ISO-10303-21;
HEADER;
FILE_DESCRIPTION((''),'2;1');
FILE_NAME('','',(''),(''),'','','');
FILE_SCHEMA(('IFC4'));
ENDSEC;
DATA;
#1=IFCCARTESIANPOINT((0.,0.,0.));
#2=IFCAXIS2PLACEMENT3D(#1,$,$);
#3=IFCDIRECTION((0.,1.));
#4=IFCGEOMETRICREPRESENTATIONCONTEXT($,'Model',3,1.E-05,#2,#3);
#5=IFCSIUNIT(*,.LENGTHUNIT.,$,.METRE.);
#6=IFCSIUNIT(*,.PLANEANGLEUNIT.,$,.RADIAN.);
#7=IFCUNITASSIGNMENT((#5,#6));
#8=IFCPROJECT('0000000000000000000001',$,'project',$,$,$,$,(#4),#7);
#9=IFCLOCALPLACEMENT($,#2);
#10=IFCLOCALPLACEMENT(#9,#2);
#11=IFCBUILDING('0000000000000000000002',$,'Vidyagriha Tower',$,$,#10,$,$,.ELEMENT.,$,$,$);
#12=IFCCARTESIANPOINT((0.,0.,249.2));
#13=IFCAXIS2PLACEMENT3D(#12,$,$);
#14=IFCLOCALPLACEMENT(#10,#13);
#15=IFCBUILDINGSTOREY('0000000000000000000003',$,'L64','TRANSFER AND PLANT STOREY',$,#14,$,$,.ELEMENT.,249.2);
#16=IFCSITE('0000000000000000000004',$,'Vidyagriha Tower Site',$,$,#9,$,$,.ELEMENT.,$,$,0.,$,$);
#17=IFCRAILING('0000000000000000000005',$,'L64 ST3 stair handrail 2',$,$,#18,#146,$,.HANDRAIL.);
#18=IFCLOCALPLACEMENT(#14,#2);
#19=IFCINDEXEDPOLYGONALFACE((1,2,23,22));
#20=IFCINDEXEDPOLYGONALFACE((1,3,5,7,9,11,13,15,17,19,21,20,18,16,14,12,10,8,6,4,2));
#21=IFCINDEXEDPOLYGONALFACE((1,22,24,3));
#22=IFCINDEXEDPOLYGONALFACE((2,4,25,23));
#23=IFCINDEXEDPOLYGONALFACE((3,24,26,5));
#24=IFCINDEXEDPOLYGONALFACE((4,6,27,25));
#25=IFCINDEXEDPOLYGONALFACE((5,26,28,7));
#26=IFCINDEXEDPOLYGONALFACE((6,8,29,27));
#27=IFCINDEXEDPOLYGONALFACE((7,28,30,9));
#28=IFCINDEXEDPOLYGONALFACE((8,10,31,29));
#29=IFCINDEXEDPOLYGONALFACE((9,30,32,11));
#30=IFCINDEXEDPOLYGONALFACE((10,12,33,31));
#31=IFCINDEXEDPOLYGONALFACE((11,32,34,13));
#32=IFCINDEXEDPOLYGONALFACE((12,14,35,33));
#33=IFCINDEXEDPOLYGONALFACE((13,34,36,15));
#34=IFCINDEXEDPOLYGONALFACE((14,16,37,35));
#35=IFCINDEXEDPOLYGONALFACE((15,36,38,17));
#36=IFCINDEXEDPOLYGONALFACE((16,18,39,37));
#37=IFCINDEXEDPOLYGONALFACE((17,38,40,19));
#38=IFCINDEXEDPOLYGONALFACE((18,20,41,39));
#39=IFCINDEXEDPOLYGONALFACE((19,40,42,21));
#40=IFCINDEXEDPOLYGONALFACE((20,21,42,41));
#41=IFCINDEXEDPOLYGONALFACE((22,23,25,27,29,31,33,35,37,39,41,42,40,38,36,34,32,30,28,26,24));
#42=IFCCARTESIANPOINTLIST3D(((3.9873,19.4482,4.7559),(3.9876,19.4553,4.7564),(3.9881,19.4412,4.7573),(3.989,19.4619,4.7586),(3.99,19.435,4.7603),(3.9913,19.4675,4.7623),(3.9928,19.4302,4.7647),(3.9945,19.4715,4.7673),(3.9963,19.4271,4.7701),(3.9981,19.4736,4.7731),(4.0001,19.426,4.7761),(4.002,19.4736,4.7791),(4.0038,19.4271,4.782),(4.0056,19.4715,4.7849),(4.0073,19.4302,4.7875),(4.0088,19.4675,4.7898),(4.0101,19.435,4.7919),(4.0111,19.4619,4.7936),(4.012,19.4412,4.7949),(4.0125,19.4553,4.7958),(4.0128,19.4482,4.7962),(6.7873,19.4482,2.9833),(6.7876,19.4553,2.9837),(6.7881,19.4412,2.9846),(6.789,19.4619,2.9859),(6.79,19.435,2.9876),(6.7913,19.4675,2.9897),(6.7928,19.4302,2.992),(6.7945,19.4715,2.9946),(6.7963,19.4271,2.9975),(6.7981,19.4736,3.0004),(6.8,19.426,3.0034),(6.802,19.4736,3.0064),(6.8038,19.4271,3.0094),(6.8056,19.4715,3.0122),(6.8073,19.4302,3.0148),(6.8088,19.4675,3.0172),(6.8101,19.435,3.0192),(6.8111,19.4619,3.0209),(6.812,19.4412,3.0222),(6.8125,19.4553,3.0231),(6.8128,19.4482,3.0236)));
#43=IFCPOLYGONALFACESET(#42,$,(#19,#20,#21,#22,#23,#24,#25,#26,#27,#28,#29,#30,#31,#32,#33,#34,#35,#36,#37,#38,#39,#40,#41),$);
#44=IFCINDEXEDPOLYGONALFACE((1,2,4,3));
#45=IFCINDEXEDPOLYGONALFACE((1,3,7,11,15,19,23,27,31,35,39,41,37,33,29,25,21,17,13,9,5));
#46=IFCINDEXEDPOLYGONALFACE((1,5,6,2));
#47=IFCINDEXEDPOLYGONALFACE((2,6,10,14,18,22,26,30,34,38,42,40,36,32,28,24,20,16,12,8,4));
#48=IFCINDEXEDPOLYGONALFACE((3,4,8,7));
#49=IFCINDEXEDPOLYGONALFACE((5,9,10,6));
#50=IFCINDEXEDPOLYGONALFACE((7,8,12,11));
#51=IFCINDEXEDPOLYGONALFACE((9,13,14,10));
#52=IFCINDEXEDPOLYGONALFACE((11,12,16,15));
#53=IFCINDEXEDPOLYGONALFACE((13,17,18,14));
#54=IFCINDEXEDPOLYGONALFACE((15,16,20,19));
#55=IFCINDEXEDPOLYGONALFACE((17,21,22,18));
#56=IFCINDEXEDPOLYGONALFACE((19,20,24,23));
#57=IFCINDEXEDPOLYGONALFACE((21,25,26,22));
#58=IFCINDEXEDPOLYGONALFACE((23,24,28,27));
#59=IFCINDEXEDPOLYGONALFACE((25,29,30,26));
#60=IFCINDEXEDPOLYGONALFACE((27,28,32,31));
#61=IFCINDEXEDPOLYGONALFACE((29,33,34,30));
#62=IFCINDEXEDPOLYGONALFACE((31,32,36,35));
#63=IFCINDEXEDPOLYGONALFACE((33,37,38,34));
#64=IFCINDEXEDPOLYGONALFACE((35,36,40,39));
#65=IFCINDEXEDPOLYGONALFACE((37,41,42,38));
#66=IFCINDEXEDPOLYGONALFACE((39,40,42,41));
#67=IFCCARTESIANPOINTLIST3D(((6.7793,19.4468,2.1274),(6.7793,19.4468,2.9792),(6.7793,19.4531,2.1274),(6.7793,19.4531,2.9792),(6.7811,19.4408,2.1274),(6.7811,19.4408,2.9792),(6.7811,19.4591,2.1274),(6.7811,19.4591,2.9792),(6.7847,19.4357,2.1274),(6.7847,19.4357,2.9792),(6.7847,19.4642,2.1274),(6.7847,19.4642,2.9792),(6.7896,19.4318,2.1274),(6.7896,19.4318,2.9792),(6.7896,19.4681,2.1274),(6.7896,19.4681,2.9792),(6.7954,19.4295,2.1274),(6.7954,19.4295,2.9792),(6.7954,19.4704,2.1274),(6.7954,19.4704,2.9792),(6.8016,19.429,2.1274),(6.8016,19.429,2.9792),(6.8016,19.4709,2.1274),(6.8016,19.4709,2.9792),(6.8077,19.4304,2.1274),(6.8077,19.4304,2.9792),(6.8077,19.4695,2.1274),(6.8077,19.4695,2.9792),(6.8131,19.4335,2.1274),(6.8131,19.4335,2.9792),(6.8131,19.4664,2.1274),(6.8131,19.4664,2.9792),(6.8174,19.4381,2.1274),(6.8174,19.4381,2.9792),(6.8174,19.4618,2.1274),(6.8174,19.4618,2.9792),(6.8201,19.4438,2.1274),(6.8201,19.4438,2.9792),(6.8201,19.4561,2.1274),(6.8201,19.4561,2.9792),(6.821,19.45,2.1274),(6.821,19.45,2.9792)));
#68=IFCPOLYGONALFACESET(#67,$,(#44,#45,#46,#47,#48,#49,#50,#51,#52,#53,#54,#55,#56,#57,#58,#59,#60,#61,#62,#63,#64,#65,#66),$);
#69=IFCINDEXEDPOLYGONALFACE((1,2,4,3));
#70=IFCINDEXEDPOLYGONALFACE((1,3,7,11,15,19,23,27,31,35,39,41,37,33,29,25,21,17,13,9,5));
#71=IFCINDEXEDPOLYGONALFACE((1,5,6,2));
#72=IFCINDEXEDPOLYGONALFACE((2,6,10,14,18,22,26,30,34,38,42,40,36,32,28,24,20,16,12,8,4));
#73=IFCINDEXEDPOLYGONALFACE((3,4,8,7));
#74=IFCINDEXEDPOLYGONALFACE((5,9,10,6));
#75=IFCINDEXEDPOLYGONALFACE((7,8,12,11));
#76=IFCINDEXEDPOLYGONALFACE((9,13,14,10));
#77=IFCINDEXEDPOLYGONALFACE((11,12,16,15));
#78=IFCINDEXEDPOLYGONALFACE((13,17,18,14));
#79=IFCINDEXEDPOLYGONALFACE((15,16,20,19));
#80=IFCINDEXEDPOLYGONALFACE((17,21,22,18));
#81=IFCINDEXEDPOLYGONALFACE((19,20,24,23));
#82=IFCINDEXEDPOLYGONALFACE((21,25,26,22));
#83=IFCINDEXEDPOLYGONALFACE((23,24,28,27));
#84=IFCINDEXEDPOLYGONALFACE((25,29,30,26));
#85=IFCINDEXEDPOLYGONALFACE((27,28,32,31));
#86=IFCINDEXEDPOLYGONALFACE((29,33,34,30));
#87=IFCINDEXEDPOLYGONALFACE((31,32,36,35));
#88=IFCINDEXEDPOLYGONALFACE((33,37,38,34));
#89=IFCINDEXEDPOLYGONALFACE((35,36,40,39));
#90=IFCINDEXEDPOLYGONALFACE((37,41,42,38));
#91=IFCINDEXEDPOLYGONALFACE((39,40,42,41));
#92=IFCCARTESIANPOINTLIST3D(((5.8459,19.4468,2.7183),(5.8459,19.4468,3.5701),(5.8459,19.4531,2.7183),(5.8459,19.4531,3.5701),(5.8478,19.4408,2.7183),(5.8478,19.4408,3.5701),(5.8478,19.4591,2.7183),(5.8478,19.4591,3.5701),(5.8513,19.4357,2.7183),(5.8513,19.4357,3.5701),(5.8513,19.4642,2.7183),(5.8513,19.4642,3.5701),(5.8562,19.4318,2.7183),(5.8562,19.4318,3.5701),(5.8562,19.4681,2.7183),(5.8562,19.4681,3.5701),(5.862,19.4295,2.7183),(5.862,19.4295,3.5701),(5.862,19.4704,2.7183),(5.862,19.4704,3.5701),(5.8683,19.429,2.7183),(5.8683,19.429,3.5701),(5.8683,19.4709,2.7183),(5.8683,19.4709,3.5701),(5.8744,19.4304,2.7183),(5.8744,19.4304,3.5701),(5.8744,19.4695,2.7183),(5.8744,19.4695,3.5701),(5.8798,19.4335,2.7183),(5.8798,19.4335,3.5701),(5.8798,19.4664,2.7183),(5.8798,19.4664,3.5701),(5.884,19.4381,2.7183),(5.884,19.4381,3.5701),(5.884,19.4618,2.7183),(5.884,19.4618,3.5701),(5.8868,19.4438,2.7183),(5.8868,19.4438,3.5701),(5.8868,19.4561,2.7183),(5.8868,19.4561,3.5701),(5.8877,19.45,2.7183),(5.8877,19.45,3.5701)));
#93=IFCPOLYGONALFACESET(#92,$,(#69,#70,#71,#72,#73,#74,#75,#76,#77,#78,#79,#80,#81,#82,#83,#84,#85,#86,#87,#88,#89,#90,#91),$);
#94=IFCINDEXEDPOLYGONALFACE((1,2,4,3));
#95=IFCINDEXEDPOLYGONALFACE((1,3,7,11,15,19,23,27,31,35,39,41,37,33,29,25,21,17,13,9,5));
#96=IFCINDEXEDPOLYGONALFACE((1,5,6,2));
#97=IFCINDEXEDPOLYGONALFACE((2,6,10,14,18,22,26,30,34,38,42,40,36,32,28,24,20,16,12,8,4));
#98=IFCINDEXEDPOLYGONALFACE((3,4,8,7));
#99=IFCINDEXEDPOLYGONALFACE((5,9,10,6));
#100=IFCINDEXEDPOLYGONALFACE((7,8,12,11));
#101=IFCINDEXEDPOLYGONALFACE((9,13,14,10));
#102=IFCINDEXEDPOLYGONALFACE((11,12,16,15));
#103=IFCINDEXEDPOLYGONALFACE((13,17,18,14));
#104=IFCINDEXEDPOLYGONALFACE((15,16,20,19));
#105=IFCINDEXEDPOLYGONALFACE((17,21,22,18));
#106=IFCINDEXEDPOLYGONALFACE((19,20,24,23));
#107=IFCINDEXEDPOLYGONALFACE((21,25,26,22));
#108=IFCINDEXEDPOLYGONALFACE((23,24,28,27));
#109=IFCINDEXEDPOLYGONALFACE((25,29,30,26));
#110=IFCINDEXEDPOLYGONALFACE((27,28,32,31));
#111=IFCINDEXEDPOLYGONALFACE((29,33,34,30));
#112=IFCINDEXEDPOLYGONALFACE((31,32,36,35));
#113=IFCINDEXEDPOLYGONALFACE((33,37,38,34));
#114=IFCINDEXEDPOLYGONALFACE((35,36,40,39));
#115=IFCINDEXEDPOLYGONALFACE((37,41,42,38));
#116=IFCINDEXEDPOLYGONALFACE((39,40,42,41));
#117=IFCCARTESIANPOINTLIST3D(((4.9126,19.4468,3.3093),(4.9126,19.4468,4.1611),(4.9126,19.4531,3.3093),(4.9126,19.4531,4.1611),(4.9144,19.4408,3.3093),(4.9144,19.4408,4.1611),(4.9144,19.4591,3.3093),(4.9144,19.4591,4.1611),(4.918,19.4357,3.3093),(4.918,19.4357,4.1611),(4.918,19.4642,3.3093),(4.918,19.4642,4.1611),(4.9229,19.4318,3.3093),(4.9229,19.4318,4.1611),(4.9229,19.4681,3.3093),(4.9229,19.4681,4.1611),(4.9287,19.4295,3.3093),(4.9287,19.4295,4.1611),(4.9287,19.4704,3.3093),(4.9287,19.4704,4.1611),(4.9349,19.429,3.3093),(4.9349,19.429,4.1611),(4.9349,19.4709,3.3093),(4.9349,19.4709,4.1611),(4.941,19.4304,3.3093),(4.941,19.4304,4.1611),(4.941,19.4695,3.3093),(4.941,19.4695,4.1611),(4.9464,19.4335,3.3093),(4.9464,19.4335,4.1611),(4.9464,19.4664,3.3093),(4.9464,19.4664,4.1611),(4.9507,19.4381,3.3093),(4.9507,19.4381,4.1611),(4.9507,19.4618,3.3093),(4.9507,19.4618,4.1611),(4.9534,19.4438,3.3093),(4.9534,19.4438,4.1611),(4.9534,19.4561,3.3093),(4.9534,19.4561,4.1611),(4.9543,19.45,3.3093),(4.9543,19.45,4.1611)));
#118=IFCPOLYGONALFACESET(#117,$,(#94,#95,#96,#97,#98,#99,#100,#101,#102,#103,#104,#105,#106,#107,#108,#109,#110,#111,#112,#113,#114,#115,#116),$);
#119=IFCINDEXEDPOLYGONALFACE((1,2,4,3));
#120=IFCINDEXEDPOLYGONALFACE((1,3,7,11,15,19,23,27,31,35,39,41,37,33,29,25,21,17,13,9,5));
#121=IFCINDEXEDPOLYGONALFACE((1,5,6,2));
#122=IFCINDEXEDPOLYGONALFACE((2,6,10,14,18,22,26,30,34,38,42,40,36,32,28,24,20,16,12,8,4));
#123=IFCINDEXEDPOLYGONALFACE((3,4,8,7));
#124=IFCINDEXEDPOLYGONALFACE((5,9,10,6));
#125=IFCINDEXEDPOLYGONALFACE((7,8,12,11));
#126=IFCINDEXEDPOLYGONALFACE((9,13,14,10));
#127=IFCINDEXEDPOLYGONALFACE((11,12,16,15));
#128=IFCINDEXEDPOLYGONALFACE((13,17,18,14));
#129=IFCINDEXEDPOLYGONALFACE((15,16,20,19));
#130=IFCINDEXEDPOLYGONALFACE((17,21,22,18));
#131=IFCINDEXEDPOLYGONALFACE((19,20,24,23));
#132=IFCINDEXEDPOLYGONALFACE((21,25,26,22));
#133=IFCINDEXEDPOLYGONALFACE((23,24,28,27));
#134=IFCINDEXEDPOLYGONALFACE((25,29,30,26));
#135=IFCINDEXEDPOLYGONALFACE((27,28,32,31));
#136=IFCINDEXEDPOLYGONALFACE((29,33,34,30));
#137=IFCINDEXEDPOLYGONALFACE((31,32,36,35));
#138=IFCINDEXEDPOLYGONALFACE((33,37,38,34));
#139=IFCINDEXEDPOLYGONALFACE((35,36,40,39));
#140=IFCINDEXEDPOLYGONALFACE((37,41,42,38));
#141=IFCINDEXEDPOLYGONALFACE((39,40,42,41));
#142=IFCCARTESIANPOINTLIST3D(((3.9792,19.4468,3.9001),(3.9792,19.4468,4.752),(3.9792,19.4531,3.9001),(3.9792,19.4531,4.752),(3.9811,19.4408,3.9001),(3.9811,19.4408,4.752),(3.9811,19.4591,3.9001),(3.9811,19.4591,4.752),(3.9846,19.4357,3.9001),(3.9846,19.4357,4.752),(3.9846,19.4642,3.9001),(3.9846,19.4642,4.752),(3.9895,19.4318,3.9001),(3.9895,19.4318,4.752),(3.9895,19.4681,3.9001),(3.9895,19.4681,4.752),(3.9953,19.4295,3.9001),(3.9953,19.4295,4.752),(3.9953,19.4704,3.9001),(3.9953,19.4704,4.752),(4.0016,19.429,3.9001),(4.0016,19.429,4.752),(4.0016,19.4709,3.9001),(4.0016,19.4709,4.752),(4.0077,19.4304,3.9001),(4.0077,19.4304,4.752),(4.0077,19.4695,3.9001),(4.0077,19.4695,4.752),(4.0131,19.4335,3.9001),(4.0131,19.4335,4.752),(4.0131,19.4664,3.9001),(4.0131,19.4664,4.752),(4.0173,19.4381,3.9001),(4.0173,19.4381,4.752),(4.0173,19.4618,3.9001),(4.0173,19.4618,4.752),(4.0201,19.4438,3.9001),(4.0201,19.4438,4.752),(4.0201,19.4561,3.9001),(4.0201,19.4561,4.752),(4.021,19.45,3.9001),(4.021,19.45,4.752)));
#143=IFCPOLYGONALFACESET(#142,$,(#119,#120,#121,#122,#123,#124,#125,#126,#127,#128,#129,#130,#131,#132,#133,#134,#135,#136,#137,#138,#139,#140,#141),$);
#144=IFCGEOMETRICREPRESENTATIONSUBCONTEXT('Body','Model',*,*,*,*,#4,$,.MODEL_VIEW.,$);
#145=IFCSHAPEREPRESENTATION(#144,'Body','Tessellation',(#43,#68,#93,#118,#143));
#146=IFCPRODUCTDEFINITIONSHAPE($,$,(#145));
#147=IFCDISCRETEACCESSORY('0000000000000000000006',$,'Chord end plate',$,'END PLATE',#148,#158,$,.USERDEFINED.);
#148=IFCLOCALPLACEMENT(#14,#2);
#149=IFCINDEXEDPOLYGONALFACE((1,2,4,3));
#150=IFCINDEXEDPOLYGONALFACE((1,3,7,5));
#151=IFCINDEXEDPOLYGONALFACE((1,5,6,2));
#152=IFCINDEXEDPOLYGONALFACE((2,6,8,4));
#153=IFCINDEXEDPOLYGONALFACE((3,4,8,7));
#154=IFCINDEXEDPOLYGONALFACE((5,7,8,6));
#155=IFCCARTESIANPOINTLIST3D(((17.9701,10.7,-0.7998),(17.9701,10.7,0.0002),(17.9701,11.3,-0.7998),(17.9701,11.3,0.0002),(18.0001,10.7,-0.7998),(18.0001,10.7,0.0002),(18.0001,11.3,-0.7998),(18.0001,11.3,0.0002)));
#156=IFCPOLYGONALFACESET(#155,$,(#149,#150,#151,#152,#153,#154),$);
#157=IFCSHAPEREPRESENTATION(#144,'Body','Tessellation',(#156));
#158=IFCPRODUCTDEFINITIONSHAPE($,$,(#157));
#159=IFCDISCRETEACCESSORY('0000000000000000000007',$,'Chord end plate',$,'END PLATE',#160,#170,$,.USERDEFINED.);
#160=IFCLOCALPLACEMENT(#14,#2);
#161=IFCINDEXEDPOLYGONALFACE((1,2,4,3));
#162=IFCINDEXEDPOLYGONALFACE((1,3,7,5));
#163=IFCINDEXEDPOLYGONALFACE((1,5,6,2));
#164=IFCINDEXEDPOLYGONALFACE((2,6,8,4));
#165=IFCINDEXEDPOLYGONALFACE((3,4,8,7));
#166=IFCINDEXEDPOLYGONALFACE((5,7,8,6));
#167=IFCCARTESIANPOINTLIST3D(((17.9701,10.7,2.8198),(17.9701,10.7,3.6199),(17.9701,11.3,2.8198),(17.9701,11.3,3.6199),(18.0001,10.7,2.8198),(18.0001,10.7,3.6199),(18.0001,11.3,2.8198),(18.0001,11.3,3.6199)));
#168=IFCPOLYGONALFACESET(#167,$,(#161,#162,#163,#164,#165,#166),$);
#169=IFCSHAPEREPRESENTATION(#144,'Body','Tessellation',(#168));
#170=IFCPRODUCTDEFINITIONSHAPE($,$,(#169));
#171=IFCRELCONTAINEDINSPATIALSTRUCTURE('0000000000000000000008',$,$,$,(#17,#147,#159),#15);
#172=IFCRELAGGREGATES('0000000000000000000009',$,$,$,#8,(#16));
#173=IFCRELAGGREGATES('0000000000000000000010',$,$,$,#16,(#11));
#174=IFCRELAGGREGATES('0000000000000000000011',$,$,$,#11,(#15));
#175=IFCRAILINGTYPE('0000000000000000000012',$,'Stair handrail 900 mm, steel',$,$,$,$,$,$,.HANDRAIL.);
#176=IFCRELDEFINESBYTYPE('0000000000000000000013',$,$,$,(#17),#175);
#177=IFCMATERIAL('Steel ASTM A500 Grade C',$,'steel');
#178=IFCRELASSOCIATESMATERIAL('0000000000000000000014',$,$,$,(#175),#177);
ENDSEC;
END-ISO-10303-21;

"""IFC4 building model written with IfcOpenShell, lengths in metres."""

from ifc_helpers import new_model, si_unit, direction, frame, origin, origin_2d, place, context, subcontext, project, spatial, rectangle, circle, extrude, material, type_object, element, save


model = new_model("IFC4")

# Units and contexts
model_context = context("Model", 3, precision=1e-05, world=origin(), true_north=direction((0.0, 1.0)))
body_context = subcontext(model_context, "Body", "Model", "MODEL_VIEW")
ifc_project = project(units=[si_unit("LENGTHUNIT", "METRE"), si_unit("PLANEANGLEUNIT", "RADIAN")], contexts=[model_context])

# Site, building, storey
site_placement = place(None, origin())
site = spatial("IfcSite", under=ifc_project, at=site_placement, Name="Vidyagriha Tower Site", CompositionType="ELEMENT", RefElevation=0.0)
building_placement = place(site_placement, origin())
building = spatial("IfcBuilding", under=site, at=building_placement, Name="Vidyagriha Tower", CompositionType="ELEMENT")
storey_placement = place(building_placement, frame((0.0, 0.0, 249.2)))
storey = spatial("IfcBuildingStorey", under=building, at=storey_placement, Name="L64", Description="TRANSFER AND PLANT STOREY", CompositionType="ELEMENT", Elevation=249.2)

# Railing
ifc_material_1 = material(Name="Steel ASTM A500 Grade C", Category="steel")
railing_type_1 = type_object("IfcRailingType", Name="Stair handrail 900 mm, steel", PredefinedType="HANDRAIL", material=ifc_material_1)
railing_1_placement = place(storey_placement, frame((6.8, 19.45, 2.1274)))
element("IfcRailing", 1, at=railing_1_placement, inside=storey, type_object=railing_type_1, Name="L64 ST3 stair handrail 2", PredefinedType="HANDRAIL", context=body_context, shape_type="SweptSolid", body=[
    extrude(circle(Radius=0.0239, at=origin_2d()), frame((0.0, 0.0, 0.876), z_axis=(-0.844909, 0.0, 0.53491), x_axis=(0.0, -1.0, 0.0)), (0.0, 0.0, 1.0), 3.314),
    extrude(circle(Radius=0.021, at=origin_2d()), origin(), (0.0, 0.0, 1.0), 0.8518),
    extrude(circle(Radius=0.021, at=origin_2d()), frame((-0.9333, 0.0, 0.5908)), (0.0, 0.0, 1.0), 0.8518),
    extrude(circle(Radius=0.021, at=origin_2d()), frame((-1.8667, 0.0, 1.1819)), (0.0, 0.0, 1.0), 0.8518),
    extrude(circle(Radius=0.021, at=origin_2d()), frame((-2.8, 0.0, 1.7727)), (0.0, 0.0, 1.0), 0.8518),
])

# Discrete accessories
for number, where, z_axis, x_axis, name in (
    (2, (17.9851, 11.0, -0.7998), (0.0, 0.0, 1.0), (-1.0, 0.0, 0.0), "Chord end plate"),
    (3, (17.9851, 11.0, 2.8198), (0.0, 0.0, 1.0), (-1.0, 0.0, 0.0), "Chord end plate"),
):
    element("IfcDiscreteAccessory", number, at=place(storey_placement, frame(where, z_axis=z_axis, x_axis=x_axis)), inside=storey, Name=name, ObjectType="END PLATE", PredefinedType="USERDEFINED", context=body_context, shape_type="SweptSolid", body=[
        extrude(rectangle(XDim=0.03, YDim=0.6001, at=origin_2d()), origin(), (0.0, 0.0, 1.0), 0.8),
    ])

save(model, "model.ifc")
